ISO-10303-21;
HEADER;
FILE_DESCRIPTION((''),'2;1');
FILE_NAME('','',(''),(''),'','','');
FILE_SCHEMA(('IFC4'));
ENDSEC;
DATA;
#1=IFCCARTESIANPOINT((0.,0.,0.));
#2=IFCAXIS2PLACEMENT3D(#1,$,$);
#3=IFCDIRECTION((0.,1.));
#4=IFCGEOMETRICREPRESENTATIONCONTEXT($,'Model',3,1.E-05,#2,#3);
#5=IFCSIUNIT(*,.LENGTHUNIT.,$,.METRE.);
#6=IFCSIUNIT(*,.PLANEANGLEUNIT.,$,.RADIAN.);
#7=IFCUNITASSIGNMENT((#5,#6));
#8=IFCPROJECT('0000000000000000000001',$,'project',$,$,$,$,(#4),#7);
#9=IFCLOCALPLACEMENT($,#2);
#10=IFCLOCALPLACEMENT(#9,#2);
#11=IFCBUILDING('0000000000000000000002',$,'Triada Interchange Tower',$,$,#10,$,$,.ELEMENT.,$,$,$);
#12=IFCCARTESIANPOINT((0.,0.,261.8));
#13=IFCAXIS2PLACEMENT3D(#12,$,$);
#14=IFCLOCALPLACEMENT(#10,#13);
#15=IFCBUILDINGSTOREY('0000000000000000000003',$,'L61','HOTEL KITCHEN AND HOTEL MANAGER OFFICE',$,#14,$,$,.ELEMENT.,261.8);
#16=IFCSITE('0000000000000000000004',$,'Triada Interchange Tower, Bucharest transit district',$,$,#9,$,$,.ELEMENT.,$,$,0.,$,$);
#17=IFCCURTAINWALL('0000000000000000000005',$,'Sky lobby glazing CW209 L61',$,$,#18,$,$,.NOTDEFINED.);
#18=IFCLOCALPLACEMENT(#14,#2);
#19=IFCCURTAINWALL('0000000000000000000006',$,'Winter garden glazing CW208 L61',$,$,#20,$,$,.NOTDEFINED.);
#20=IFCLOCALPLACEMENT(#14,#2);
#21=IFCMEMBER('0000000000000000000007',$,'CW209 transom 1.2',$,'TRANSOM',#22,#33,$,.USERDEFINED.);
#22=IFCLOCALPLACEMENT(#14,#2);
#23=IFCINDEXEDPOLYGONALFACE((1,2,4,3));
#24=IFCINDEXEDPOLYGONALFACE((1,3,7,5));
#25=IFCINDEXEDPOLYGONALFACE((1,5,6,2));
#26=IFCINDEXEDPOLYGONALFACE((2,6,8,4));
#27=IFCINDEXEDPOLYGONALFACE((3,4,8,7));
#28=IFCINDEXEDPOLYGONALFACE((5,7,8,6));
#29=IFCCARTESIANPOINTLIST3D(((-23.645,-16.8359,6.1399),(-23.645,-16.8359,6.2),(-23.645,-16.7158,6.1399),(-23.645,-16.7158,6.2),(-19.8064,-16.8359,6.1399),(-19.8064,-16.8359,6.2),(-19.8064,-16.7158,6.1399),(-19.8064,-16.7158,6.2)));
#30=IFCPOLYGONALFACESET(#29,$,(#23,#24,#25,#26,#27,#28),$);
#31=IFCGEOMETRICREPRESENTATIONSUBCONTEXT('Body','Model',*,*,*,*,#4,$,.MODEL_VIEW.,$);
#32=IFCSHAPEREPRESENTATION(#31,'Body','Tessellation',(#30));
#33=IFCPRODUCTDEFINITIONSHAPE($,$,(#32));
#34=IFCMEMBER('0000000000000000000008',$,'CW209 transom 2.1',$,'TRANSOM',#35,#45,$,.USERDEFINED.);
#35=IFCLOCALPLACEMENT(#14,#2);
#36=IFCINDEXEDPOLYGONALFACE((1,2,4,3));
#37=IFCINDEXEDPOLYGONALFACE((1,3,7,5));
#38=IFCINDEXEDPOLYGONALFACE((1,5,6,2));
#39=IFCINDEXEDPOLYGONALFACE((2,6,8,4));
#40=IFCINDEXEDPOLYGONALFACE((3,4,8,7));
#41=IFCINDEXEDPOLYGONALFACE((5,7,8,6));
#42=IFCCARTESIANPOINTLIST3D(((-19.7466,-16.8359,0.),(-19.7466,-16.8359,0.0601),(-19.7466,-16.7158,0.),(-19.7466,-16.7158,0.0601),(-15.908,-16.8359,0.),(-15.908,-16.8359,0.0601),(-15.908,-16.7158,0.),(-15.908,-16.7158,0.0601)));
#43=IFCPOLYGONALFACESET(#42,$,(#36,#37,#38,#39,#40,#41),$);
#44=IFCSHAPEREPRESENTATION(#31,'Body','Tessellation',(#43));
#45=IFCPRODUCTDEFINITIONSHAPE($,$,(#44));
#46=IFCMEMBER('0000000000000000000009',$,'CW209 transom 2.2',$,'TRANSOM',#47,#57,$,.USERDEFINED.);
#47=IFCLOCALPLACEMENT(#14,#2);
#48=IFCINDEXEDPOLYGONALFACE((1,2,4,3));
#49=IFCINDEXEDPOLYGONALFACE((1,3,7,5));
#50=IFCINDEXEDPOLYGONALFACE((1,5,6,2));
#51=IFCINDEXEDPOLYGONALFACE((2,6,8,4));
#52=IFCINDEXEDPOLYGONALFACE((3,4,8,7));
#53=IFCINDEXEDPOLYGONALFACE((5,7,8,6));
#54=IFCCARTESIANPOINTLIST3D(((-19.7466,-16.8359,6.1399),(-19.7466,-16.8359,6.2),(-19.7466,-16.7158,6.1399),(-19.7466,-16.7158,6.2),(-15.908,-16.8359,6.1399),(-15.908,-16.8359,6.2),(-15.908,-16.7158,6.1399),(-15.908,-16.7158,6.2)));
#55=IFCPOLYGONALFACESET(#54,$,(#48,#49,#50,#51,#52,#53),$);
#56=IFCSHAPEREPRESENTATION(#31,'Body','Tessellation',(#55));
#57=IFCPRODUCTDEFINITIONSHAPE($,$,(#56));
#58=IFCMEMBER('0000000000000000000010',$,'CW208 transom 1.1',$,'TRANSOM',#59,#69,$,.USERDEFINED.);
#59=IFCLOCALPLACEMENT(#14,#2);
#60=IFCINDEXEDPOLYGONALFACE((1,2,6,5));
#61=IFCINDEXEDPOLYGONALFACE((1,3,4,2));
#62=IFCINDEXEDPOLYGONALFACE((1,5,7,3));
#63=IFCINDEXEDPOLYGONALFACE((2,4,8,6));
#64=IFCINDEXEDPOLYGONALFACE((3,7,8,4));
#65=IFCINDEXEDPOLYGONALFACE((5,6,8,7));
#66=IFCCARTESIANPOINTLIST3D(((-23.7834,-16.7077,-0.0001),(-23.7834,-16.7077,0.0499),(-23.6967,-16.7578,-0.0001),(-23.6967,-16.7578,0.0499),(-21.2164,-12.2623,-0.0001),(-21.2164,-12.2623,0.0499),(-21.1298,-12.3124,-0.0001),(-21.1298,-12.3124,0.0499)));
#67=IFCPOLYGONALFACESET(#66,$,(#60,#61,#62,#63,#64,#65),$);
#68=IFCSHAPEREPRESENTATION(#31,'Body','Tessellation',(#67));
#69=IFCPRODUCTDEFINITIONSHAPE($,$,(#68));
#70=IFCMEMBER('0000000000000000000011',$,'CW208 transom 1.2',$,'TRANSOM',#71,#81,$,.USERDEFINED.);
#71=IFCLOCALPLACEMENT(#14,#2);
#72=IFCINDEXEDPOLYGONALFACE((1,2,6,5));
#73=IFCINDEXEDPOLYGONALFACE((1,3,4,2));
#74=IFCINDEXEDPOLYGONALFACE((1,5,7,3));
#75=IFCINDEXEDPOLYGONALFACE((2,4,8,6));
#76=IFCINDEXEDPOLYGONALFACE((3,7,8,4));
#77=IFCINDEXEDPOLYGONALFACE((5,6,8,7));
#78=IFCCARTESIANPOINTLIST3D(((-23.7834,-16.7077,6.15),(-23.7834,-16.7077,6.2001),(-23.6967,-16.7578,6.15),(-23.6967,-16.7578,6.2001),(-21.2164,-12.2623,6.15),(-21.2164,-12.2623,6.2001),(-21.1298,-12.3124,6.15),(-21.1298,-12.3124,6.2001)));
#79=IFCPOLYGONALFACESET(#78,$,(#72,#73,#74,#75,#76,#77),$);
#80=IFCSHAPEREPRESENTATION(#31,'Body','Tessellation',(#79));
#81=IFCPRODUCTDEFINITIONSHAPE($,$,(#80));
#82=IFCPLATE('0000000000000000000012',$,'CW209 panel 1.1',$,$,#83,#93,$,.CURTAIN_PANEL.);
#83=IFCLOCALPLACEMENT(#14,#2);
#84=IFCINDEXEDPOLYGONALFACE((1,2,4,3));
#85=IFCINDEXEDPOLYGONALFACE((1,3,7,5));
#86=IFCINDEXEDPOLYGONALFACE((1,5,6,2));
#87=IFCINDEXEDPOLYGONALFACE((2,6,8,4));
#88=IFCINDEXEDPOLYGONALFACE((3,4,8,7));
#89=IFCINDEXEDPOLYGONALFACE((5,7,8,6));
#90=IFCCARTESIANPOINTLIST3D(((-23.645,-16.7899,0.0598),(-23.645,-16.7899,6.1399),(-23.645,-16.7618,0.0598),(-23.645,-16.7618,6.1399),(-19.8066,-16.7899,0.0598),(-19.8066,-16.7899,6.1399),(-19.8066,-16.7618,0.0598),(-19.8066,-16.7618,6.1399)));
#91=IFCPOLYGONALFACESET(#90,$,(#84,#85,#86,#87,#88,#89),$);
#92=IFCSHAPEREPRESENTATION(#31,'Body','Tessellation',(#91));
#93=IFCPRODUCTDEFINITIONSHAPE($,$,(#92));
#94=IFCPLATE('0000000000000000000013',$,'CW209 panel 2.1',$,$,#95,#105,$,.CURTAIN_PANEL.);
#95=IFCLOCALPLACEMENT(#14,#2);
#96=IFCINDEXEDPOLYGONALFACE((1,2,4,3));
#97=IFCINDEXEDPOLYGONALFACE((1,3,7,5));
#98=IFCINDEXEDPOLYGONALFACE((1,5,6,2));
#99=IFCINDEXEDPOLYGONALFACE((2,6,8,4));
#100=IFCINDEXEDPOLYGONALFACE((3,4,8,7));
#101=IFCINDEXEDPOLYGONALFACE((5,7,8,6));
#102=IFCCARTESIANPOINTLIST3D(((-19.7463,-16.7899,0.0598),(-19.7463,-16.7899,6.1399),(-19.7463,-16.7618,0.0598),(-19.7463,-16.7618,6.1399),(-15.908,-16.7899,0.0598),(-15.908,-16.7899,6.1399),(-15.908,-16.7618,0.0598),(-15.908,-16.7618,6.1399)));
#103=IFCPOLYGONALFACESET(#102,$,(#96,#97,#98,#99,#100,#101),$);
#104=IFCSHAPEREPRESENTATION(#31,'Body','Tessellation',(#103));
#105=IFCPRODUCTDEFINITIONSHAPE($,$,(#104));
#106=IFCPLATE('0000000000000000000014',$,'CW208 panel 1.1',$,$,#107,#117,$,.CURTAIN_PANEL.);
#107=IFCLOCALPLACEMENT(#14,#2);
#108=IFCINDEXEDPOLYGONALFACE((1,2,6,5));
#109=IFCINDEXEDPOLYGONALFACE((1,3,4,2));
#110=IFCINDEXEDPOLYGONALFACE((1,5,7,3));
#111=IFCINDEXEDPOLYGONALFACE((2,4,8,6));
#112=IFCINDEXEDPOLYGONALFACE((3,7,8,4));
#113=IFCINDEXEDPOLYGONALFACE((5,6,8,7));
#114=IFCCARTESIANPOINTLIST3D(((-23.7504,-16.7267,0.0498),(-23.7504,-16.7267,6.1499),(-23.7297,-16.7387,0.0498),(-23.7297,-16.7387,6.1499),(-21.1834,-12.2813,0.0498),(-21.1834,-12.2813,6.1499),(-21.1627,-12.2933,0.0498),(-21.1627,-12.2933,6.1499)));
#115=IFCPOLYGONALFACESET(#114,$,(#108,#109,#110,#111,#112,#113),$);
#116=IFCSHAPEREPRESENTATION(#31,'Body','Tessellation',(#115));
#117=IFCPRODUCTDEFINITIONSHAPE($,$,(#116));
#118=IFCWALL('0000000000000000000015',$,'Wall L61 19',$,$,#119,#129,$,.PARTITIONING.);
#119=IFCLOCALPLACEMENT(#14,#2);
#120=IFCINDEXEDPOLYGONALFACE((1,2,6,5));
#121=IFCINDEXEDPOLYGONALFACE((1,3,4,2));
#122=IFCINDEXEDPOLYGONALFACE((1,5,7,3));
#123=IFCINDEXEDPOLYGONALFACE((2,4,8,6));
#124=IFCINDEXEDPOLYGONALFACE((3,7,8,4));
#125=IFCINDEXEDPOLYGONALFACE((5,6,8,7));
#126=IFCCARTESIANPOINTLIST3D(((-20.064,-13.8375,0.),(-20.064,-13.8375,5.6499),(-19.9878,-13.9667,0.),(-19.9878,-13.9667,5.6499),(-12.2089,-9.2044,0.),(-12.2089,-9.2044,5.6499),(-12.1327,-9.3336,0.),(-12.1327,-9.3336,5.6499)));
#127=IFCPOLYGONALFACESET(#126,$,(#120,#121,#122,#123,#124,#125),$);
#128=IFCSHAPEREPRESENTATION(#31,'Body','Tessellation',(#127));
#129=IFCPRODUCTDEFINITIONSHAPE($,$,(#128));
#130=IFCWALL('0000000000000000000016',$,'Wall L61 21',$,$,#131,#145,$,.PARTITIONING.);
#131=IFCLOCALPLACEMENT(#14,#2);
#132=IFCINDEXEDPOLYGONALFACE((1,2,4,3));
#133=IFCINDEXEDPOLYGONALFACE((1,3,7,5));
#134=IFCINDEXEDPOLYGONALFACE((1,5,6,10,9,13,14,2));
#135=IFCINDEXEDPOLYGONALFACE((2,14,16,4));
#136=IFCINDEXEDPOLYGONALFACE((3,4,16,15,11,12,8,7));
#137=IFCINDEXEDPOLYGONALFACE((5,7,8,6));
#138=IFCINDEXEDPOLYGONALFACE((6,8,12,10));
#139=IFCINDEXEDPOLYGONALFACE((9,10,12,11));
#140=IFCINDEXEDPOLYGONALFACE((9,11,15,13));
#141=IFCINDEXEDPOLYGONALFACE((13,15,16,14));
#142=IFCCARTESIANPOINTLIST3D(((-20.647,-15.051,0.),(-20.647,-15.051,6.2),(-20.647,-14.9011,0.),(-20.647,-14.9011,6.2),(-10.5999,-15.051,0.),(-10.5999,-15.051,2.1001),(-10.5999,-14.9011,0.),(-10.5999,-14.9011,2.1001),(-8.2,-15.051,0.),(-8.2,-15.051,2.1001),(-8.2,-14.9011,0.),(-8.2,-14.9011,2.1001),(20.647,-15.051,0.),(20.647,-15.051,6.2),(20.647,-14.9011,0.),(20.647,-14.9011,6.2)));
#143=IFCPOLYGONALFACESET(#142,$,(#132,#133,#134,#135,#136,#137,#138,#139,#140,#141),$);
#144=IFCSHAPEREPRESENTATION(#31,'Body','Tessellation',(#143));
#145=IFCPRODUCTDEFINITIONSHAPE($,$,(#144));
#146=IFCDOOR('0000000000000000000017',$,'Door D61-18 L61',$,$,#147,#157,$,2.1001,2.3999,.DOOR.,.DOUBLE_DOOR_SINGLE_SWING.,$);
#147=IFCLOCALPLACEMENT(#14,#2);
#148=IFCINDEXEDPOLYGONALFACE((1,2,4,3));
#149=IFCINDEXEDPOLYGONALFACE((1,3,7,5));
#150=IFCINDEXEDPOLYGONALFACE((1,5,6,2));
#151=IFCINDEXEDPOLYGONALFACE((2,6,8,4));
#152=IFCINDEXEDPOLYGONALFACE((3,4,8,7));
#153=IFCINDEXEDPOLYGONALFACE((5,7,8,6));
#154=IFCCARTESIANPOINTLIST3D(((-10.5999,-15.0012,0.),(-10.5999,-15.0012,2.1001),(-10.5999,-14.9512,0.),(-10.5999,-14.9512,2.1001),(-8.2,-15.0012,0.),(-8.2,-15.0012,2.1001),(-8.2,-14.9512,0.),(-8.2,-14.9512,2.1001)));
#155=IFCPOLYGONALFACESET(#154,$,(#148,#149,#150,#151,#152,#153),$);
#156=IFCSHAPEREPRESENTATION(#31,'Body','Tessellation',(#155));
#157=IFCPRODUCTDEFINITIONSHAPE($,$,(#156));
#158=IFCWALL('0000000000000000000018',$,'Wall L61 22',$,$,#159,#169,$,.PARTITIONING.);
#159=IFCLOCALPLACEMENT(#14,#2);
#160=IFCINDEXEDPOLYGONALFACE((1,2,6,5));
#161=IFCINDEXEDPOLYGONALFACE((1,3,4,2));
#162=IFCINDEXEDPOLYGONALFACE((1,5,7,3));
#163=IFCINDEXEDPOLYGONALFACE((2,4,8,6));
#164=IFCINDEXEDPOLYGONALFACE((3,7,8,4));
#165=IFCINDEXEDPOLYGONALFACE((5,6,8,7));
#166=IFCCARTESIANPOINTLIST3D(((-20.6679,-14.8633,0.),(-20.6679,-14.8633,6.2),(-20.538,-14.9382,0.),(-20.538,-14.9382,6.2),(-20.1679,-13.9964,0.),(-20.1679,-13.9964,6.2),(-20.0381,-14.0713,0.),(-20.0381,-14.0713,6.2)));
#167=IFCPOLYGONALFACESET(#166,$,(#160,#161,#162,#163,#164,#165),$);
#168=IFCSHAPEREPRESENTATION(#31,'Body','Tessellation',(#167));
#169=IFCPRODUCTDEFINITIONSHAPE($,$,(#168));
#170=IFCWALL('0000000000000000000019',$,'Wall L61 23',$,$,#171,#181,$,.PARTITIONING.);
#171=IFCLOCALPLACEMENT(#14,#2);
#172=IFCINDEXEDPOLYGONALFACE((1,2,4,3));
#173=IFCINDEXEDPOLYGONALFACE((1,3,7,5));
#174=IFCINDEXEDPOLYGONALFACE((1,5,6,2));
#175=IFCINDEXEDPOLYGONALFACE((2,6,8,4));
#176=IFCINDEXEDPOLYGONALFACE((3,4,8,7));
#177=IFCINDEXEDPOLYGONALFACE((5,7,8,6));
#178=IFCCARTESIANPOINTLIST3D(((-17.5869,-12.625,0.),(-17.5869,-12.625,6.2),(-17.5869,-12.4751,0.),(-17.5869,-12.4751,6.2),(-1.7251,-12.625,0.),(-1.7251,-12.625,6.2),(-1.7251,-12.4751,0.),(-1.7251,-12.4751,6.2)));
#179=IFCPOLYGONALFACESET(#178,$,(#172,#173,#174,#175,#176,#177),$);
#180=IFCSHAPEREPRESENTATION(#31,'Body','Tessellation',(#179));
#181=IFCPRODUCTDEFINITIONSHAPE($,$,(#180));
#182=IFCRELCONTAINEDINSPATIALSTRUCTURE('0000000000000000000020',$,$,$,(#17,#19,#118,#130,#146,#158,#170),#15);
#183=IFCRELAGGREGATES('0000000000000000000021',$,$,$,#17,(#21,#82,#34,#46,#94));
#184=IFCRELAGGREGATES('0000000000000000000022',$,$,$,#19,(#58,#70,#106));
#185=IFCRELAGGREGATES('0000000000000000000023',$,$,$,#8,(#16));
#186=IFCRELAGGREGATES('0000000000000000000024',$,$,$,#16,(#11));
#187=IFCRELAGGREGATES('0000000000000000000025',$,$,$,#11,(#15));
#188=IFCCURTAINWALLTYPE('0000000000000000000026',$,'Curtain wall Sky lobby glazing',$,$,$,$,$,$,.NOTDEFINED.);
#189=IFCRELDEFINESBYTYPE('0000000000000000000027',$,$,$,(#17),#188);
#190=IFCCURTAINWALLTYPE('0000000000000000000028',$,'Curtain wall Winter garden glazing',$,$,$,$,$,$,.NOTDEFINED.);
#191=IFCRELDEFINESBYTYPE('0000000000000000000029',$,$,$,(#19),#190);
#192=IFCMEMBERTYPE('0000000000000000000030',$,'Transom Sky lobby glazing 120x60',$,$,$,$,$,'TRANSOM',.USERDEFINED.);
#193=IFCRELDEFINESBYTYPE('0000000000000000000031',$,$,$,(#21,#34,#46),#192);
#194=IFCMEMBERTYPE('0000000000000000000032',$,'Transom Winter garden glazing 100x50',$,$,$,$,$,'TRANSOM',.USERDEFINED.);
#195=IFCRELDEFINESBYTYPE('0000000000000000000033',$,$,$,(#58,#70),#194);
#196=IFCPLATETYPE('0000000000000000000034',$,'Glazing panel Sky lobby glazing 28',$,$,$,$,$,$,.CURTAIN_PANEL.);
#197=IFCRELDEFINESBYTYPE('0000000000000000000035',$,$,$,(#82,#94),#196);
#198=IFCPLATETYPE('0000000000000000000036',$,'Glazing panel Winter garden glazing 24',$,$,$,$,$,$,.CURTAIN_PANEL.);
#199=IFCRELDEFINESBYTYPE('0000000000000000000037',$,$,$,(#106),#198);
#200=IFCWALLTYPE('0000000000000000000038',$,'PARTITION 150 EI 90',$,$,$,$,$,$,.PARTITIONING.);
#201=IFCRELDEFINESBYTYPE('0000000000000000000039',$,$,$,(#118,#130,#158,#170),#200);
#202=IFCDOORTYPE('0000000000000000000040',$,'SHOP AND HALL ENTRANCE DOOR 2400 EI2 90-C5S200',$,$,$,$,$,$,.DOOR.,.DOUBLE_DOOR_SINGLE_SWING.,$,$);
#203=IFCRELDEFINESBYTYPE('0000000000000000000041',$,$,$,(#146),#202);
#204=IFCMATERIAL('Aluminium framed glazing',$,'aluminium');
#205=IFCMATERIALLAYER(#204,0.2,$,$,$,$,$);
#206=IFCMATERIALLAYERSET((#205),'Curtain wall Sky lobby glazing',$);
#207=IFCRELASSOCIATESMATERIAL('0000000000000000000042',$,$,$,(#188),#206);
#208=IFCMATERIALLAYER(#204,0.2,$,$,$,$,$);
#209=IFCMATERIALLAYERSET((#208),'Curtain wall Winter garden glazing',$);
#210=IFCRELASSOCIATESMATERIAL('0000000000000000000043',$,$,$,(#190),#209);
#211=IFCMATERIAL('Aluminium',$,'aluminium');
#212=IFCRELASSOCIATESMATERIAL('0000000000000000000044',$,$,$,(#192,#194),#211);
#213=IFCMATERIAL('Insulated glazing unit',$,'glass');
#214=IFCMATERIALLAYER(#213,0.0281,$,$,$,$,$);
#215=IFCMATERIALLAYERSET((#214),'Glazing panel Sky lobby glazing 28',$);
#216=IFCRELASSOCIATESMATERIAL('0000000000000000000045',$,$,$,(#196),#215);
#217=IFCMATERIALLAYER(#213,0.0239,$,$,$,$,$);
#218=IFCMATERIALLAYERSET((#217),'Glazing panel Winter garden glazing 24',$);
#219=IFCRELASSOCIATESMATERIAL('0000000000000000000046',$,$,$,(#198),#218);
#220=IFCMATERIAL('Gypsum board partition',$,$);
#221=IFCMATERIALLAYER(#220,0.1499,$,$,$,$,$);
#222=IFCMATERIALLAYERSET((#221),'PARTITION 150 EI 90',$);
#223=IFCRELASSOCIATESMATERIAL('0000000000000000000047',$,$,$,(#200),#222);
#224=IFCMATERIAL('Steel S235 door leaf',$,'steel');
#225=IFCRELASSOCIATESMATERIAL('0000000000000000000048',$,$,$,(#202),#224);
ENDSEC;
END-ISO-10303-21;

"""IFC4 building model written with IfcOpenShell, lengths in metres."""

from ifc_helpers import new_model, si_unit, direction, frame, frame_2d, origin, origin_2d, place, context, subcontext, project, spatial, rectangle, extrude, material, layer, layer_set, material_profile, profile_set, type_object, element, fill, aggregate, save


model = new_model("IFC4")

# Units and contexts
model_context = context("Model", 3, precision=1e-05, world=origin(), true_north=direction((0.0, 1.0)))
body_context = subcontext(model_context, "Body", "Model", "MODEL_VIEW")
ifc_project = project(units=[si_unit("LENGTHUNIT", "METRE"), si_unit("PLANEANGLEUNIT", "RADIAN")], contexts=[model_context])

# Site, building, storey
site_placement = place(None, origin())
site = spatial("IfcSite", under=ifc_project, at=site_placement, Name="Triada Interchange Tower, Bucharest transit district", CompositionType="ELEMENT", RefElevation=0.0)
building_placement = place(site_placement, origin())
building = spatial("IfcBuilding", under=site, at=building_placement, Name="Triada Interchange Tower", CompositionType="ELEMENT")
storey_placement = place(building_placement, frame((0.0, 0.0, 261.8)))
storey = spatial("IfcBuildingStorey", under=building, at=storey_placement, Name="L61", Description="HOTEL KITCHEN AND HOTEL MANAGER OFFICE", CompositionType="ELEMENT", Elevation=261.8)

# Curtain walls
ifc_material_1 = material(Name="Aluminium framed glazing", Category="aluminium")
ifc_layer_1 = layer(ifc_material_1, 0.2)
ifc_layer_set_1 = layer_set([ifc_layer_1], Name="Curtain wall Sky lobby glazing")
curtain_wall_type_1 = type_object("IfcCurtainWallType", Name="Curtain wall Sky lobby glazing", PredefinedType="NOTDEFINED", material=ifc_layer_set_1)
curtain_wall_1_placement = place(storey_placement, origin())
curtain_wall_1 = element("IfcCurtainWall", 1, at=curtain_wall_1_placement, inside=storey, type_object=curtain_wall_type_1, Name="Sky lobby glazing CW209 L61", PredefinedType="NOTDEFINED")
ifc_material_2 = material(Name="Aluminium", Category="aluminium")
ifc_layer_2 = layer(ifc_material_1, 0.2)
ifc_layer_set_2 = layer_set([ifc_layer_2], Name="Curtain wall Winter garden glazing")
curtain_wall_type_2 = type_object("IfcCurtainWallType", Name="Curtain wall Winter garden glazing", PredefinedType="NOTDEFINED", material=ifc_layer_set_2)
curtain_wall_2_placement = place(storey_placement, origin())
curtain_wall_2 = element("IfcCurtainWall", 2, at=curtain_wall_2_placement, inside=storey, type_object=curtain_wall_type_2, Name="Winter garden glazing CW208 L61", PredefinedType="NOTDEFINED")

# Members
ifc_material_profile_1 = material_profile(ifc_material_2, rectangle(XDim=0.1201, YDim=0.0601, at=origin_2d()), Name="Aluminium transom")
ifc_profile_set_1 = profile_set([ifc_material_profile_1], Name="Aluminium")
member_type_1 = type_object("IfcMemberType", Name="Transom Sky lobby glazing 120x60", ElementType="TRANSOM", PredefinedType="USERDEFINED", material=ifc_profile_set_1)
member_1_placement = place(storey_placement, frame((-23.645, -16.7759, 6.1699), z_axis=(1.0, 0.0, 0.0), x_axis=(0.0, 1.0, 0.0)))
member_1 = element("IfcMember", 3, at=member_1_placement, type_object=member_type_1, Name="CW209 transom 1.2", ObjectType="TRANSOM", PredefinedType="USERDEFINED", context=body_context, shape_type="SweptSolid", body=[
    extrude(rectangle(XDim=0.1201, YDim=0.0601, at=origin_2d()), origin(), (0.0, 0.0, 1.0), 3.8386),
])
member_2_placement = place(storey_placement, frame((-19.7466, -16.7759, 0.03), z_axis=(1.0, 0.0, 0.0), x_axis=(0.0, 1.0, 0.0)))
member_2 = element("IfcMember", 4, at=member_2_placement, type_object=member_type_1, Name="CW209 transom 2.1", ObjectType="TRANSOM", PredefinedType="USERDEFINED", context=body_context, shape_type="SweptSolid", body=[
    extrude(rectangle(XDim=0.1201, YDim=0.0601, at=origin_2d()), origin(), (0.0, 0.0, 1.0), 3.8386),
])
member_3_placement = place(storey_placement, frame((-19.7466, -16.7759, 6.1699), z_axis=(1.0, 0.0, 0.0), x_axis=(0.0, 1.0, 0.0)))
member_3 = element("IfcMember", 5, at=member_3_placement, type_object=member_type_1, Name="CW209 transom 2.2", ObjectType="TRANSOM", PredefinedType="USERDEFINED", context=body_context, shape_type="SweptSolid", body=[
    extrude(rectangle(XDim=0.1201, YDim=0.0601, at=origin_2d()), origin(), (0.0, 0.0, 1.0), 3.8386),
])
ifc_material_profile_2 = material_profile(ifc_material_2, rectangle(XDim=0.1001, YDim=0.05, at=origin_2d()), Name="Aluminium transom")
ifc_profile_set_2 = profile_set([ifc_material_profile_2], Name="Aluminium")
member_type_2 = type_object("IfcMemberType", Name="Transom Winter garden glazing 100x50", ElementType="TRANSOM", PredefinedType="USERDEFINED", material=ifc_profile_set_2)
member_4_placement = place(storey_placement, frame((-21.1731, -12.2874, 0.0249), z_axis=(-0.500057, -0.865992, 0.0), x_axis=(0.865992, -0.500057, 0.0)))
member_4 = element("IfcMember", 6, at=member_4_placement, type_object=member_type_2, Name="CW208 transom 1.1", ObjectType="TRANSOM", PredefinedType="USERDEFINED", context=body_context, shape_type="SweptSolid", body=[
    extrude(rectangle(XDim=0.1001, YDim=0.05, at=origin_2d()), origin(), (0.0, 0.0, 1.0), 5.1333),
])
member_5_placement = place(storey_placement, frame((-21.1731, -12.2874, 6.175), z_axis=(-0.500057, -0.865992, 0.0), x_axis=(0.865992, -0.500057, 0.0)))
member_5 = element("IfcMember", 7, at=member_5_placement, type_object=member_type_2, Name="CW208 transom 1.2", ObjectType="TRANSOM", PredefinedType="USERDEFINED", context=body_context, shape_type="SweptSolid", body=[
    extrude(rectangle(XDim=0.1001, YDim=0.05, at=origin_2d()), origin(), (0.0, 0.0, 1.0), 5.1333),
])

# Plates
ifc_material_3 = material(Name="Insulated glazing unit", Category="glass")
ifc_layer_3 = layer(ifc_material_3, 0.0281)
ifc_layer_set_3 = layer_set([ifc_layer_3], Name="Glazing panel Sky lobby glazing 28")
plate_type_1 = type_object("IfcPlateType", Name="Glazing panel Sky lobby glazing 28", PredefinedType="CURTAIN_PANEL", material=ifc_layer_set_3)
plate_1_placement = place(storey_placement, frame((-21.7258, -16.7759, 0.0598), z_axis=(0.0, 0.0, 1.0), x_axis=(1.0, 0.0, 0.0)))
plate_1 = element("IfcPlate", 8, at=plate_1_placement, type_object=plate_type_1, Name="CW209 panel 1.1", PredefinedType="CURTAIN_PANEL", context=body_context, shape_type="SweptSolid", body=[
    extrude(rectangle(XDim=3.8384, YDim=0.0281, at=origin_2d()), origin(), (0.0, 0.0, 1.0), 6.0801),
])
plate_2_placement = place(storey_placement, frame((-17.8271, -16.7759, 0.0598), z_axis=(0.0, 0.0, 1.0), x_axis=(1.0, 0.0, 0.0)))
plate_2 = element("IfcPlate", 9, at=plate_2_placement, type_object=plate_type_1, Name="CW209 panel 2.1", PredefinedType="CURTAIN_PANEL", context=body_context, shape_type="SweptSolid", body=[
    extrude(rectangle(XDim=3.8384, YDim=0.0281, at=origin_2d()), origin(), (0.0, 0.0, 1.0), 6.0801),
])
aggregate(curtain_wall_1, [member_1, plate_1, member_2, member_3, plate_2])
ifc_layer_4 = layer(ifc_material_3, 0.0239)
ifc_layer_set_4 = layer_set([ifc_layer_4], Name="Glazing panel Winter garden glazing 24")
plate_type_2 = type_object("IfcPlateType", Name="Glazing panel Winter garden glazing 24", PredefinedType="CURTAIN_PANEL", material=ifc_layer_set_4)
plate_3_placement = place(storey_placement, frame((-22.4565, -14.51, 0.0498), z_axis=(0.0, 0.0, 1.0), x_axis=(-0.500064, -0.865988, 0.0)))
plate_3 = element("IfcPlate", 10, at=plate_3_placement, type_object=plate_type_2, Name="CW208 panel 1.1", PredefinedType="CURTAIN_PANEL", context=body_context, shape_type="SweptSolid", body=[
    extrude(rectangle(XDim=5.1333, YDim=0.0239, at=origin_2d()), origin(), (0.0, 0.0, 1.0), 6.1001),
])
aggregate(curtain_wall_2, [member_4, member_5, plate_3])

# Wall
ifc_material_4 = material(Name="Gypsum board partition")
ifc_layer_5 = layer(ifc_material_4, 0.1499)
ifc_layer_set_5 = layer_set([ifc_layer_5], Name="PARTITION 150 EI 90")
wall_type = type_object("IfcWallType", Name="PARTITION 150 EI 90", PredefinedType="PARTITIONING", material=ifc_layer_set_5)
wall_1_placement = place(storey_placement, frame((-20.0259, -13.9021, 0.0), z_axis=(0.0, 0.0, 1.0), x_axis=(0.861336, 0.508036, 0.0)))
element("IfcWall", 11, at=wall_1_placement, inside=storey, type_object=wall_type, Name="Wall L61 19", PredefinedType="PARTITIONING", context=body_context, shape_type="SweptSolid", body=[
    extrude(rectangle(XDim=9.1196, YDim=0.1499, at=frame_2d((4.5598, 0.0))), origin(), (0.0, 0.0, 1.0), 5.6499),
])

# Wall, opening, door
wall_2_placement = place(storey_placement, frame((-20.647, -14.9761, 0.0), z_axis=(0.0, 0.0, 1.0), x_axis=(1.0, 0.0, 0.0)))
wall_2 = element("IfcWall", 12, at=wall_2_placement, inside=storey, type_object=wall_type, Name="Wall L61 21", PredefinedType="PARTITIONING", context=body_context, shape_type="SweptSolid", body=[
    extrude(rectangle(XDim=41.2939, YDim=0.1499, at=frame_2d((20.647, 0.0))), origin(), (0.0, 0.0, 1.0), 6.2),
])
opening_placement = place(wall_2_placement, frame((10.0471, 0.0, 0.0)))
opening = element("IfcOpeningElement", 13, at=opening_placement, cuts=wall_2, PredefinedType="OPENING", context=body_context, shape_type="SweptSolid", body=[
    extrude(rectangle(XDim=2.3999, YDim=2.1001, at=frame_2d((1.2, 1.05))), frame((0.0, 0.085, 0.0), z_axis=(0.0, -1.0, 0.0), x_axis=(1.0, 0.0, 0.0)), (0.0, 0.0, 1.0), 0.1699),
])
ifc_material_5 = material(Name="Steel S235 door leaf", Category="steel")
door_type = type_object("IfcDoorType", Name="SHOP AND HALL ENTRANCE DOOR 2400 EI2 90-C5S200", OperationType="DOUBLE_DOOR_SINGLE_SWING", PredefinedType="DOOR", material=ifc_material_5)
door_placement = place(opening_placement, origin())
door = element("IfcDoor", 14, at=door_placement, inside=storey, type_object=door_type, Name="Door D61-18 L61", OperationType="DOUBLE_DOOR_SINGLE_SWING", OverallHeight=2.1001, OverallWidth=2.3999, PredefinedType="DOOR", context=body_context, shape_type="SweptSolid", body=[
    extrude(rectangle(XDim=2.3999, YDim=2.1001, at=frame_2d((1.2, 1.05))), frame((0.0, 0.0249, 0.0), z_axis=(0.0, -1.0, 0.0), x_axis=(1.0, 0.0, 0.0)), (0.0, 0.0, 1.0), 0.05),
])
fill(opening, door)

# Walls
wall_3_placement = place(storey_placement, frame((-20.603, -14.9009, 0.0), z_axis=(0.0, 0.0, 1.0), x_axis=(0.499603, 0.866255, 0.0)))
element("IfcWall", 15, at=wall_3_placement, inside=storey, type_object=wall_type, Name="Wall L61 22", PredefinedType="PARTITIONING", context=body_context, shape_type="SweptSolid", body=[
    extrude(rectangle(XDim=1.0007, YDim=0.1499, at=frame_2d((0.5005, 0.0))), origin(), (0.0, 0.0, 1.0), 6.2),
])
wall_4_placement = place(storey_placement, frame((-17.5869, -12.55, 0.0), z_axis=(0.0, 0.0, 1.0), x_axis=(1.0, 0.0, 0.0)))
element("IfcWall", 16, at=wall_4_placement, inside=storey, type_object=wall_type, Name="Wall L61 23", PredefinedType="PARTITIONING", context=body_context, shape_type="SweptSolid", body=[
    extrude(rectangle(XDim=15.8618, YDim=0.1499, at=frame_2d((7.9309, 0.0))), origin(), (0.0, 0.0, 1.0), 6.2),
])

save(model, "model.ifc")
